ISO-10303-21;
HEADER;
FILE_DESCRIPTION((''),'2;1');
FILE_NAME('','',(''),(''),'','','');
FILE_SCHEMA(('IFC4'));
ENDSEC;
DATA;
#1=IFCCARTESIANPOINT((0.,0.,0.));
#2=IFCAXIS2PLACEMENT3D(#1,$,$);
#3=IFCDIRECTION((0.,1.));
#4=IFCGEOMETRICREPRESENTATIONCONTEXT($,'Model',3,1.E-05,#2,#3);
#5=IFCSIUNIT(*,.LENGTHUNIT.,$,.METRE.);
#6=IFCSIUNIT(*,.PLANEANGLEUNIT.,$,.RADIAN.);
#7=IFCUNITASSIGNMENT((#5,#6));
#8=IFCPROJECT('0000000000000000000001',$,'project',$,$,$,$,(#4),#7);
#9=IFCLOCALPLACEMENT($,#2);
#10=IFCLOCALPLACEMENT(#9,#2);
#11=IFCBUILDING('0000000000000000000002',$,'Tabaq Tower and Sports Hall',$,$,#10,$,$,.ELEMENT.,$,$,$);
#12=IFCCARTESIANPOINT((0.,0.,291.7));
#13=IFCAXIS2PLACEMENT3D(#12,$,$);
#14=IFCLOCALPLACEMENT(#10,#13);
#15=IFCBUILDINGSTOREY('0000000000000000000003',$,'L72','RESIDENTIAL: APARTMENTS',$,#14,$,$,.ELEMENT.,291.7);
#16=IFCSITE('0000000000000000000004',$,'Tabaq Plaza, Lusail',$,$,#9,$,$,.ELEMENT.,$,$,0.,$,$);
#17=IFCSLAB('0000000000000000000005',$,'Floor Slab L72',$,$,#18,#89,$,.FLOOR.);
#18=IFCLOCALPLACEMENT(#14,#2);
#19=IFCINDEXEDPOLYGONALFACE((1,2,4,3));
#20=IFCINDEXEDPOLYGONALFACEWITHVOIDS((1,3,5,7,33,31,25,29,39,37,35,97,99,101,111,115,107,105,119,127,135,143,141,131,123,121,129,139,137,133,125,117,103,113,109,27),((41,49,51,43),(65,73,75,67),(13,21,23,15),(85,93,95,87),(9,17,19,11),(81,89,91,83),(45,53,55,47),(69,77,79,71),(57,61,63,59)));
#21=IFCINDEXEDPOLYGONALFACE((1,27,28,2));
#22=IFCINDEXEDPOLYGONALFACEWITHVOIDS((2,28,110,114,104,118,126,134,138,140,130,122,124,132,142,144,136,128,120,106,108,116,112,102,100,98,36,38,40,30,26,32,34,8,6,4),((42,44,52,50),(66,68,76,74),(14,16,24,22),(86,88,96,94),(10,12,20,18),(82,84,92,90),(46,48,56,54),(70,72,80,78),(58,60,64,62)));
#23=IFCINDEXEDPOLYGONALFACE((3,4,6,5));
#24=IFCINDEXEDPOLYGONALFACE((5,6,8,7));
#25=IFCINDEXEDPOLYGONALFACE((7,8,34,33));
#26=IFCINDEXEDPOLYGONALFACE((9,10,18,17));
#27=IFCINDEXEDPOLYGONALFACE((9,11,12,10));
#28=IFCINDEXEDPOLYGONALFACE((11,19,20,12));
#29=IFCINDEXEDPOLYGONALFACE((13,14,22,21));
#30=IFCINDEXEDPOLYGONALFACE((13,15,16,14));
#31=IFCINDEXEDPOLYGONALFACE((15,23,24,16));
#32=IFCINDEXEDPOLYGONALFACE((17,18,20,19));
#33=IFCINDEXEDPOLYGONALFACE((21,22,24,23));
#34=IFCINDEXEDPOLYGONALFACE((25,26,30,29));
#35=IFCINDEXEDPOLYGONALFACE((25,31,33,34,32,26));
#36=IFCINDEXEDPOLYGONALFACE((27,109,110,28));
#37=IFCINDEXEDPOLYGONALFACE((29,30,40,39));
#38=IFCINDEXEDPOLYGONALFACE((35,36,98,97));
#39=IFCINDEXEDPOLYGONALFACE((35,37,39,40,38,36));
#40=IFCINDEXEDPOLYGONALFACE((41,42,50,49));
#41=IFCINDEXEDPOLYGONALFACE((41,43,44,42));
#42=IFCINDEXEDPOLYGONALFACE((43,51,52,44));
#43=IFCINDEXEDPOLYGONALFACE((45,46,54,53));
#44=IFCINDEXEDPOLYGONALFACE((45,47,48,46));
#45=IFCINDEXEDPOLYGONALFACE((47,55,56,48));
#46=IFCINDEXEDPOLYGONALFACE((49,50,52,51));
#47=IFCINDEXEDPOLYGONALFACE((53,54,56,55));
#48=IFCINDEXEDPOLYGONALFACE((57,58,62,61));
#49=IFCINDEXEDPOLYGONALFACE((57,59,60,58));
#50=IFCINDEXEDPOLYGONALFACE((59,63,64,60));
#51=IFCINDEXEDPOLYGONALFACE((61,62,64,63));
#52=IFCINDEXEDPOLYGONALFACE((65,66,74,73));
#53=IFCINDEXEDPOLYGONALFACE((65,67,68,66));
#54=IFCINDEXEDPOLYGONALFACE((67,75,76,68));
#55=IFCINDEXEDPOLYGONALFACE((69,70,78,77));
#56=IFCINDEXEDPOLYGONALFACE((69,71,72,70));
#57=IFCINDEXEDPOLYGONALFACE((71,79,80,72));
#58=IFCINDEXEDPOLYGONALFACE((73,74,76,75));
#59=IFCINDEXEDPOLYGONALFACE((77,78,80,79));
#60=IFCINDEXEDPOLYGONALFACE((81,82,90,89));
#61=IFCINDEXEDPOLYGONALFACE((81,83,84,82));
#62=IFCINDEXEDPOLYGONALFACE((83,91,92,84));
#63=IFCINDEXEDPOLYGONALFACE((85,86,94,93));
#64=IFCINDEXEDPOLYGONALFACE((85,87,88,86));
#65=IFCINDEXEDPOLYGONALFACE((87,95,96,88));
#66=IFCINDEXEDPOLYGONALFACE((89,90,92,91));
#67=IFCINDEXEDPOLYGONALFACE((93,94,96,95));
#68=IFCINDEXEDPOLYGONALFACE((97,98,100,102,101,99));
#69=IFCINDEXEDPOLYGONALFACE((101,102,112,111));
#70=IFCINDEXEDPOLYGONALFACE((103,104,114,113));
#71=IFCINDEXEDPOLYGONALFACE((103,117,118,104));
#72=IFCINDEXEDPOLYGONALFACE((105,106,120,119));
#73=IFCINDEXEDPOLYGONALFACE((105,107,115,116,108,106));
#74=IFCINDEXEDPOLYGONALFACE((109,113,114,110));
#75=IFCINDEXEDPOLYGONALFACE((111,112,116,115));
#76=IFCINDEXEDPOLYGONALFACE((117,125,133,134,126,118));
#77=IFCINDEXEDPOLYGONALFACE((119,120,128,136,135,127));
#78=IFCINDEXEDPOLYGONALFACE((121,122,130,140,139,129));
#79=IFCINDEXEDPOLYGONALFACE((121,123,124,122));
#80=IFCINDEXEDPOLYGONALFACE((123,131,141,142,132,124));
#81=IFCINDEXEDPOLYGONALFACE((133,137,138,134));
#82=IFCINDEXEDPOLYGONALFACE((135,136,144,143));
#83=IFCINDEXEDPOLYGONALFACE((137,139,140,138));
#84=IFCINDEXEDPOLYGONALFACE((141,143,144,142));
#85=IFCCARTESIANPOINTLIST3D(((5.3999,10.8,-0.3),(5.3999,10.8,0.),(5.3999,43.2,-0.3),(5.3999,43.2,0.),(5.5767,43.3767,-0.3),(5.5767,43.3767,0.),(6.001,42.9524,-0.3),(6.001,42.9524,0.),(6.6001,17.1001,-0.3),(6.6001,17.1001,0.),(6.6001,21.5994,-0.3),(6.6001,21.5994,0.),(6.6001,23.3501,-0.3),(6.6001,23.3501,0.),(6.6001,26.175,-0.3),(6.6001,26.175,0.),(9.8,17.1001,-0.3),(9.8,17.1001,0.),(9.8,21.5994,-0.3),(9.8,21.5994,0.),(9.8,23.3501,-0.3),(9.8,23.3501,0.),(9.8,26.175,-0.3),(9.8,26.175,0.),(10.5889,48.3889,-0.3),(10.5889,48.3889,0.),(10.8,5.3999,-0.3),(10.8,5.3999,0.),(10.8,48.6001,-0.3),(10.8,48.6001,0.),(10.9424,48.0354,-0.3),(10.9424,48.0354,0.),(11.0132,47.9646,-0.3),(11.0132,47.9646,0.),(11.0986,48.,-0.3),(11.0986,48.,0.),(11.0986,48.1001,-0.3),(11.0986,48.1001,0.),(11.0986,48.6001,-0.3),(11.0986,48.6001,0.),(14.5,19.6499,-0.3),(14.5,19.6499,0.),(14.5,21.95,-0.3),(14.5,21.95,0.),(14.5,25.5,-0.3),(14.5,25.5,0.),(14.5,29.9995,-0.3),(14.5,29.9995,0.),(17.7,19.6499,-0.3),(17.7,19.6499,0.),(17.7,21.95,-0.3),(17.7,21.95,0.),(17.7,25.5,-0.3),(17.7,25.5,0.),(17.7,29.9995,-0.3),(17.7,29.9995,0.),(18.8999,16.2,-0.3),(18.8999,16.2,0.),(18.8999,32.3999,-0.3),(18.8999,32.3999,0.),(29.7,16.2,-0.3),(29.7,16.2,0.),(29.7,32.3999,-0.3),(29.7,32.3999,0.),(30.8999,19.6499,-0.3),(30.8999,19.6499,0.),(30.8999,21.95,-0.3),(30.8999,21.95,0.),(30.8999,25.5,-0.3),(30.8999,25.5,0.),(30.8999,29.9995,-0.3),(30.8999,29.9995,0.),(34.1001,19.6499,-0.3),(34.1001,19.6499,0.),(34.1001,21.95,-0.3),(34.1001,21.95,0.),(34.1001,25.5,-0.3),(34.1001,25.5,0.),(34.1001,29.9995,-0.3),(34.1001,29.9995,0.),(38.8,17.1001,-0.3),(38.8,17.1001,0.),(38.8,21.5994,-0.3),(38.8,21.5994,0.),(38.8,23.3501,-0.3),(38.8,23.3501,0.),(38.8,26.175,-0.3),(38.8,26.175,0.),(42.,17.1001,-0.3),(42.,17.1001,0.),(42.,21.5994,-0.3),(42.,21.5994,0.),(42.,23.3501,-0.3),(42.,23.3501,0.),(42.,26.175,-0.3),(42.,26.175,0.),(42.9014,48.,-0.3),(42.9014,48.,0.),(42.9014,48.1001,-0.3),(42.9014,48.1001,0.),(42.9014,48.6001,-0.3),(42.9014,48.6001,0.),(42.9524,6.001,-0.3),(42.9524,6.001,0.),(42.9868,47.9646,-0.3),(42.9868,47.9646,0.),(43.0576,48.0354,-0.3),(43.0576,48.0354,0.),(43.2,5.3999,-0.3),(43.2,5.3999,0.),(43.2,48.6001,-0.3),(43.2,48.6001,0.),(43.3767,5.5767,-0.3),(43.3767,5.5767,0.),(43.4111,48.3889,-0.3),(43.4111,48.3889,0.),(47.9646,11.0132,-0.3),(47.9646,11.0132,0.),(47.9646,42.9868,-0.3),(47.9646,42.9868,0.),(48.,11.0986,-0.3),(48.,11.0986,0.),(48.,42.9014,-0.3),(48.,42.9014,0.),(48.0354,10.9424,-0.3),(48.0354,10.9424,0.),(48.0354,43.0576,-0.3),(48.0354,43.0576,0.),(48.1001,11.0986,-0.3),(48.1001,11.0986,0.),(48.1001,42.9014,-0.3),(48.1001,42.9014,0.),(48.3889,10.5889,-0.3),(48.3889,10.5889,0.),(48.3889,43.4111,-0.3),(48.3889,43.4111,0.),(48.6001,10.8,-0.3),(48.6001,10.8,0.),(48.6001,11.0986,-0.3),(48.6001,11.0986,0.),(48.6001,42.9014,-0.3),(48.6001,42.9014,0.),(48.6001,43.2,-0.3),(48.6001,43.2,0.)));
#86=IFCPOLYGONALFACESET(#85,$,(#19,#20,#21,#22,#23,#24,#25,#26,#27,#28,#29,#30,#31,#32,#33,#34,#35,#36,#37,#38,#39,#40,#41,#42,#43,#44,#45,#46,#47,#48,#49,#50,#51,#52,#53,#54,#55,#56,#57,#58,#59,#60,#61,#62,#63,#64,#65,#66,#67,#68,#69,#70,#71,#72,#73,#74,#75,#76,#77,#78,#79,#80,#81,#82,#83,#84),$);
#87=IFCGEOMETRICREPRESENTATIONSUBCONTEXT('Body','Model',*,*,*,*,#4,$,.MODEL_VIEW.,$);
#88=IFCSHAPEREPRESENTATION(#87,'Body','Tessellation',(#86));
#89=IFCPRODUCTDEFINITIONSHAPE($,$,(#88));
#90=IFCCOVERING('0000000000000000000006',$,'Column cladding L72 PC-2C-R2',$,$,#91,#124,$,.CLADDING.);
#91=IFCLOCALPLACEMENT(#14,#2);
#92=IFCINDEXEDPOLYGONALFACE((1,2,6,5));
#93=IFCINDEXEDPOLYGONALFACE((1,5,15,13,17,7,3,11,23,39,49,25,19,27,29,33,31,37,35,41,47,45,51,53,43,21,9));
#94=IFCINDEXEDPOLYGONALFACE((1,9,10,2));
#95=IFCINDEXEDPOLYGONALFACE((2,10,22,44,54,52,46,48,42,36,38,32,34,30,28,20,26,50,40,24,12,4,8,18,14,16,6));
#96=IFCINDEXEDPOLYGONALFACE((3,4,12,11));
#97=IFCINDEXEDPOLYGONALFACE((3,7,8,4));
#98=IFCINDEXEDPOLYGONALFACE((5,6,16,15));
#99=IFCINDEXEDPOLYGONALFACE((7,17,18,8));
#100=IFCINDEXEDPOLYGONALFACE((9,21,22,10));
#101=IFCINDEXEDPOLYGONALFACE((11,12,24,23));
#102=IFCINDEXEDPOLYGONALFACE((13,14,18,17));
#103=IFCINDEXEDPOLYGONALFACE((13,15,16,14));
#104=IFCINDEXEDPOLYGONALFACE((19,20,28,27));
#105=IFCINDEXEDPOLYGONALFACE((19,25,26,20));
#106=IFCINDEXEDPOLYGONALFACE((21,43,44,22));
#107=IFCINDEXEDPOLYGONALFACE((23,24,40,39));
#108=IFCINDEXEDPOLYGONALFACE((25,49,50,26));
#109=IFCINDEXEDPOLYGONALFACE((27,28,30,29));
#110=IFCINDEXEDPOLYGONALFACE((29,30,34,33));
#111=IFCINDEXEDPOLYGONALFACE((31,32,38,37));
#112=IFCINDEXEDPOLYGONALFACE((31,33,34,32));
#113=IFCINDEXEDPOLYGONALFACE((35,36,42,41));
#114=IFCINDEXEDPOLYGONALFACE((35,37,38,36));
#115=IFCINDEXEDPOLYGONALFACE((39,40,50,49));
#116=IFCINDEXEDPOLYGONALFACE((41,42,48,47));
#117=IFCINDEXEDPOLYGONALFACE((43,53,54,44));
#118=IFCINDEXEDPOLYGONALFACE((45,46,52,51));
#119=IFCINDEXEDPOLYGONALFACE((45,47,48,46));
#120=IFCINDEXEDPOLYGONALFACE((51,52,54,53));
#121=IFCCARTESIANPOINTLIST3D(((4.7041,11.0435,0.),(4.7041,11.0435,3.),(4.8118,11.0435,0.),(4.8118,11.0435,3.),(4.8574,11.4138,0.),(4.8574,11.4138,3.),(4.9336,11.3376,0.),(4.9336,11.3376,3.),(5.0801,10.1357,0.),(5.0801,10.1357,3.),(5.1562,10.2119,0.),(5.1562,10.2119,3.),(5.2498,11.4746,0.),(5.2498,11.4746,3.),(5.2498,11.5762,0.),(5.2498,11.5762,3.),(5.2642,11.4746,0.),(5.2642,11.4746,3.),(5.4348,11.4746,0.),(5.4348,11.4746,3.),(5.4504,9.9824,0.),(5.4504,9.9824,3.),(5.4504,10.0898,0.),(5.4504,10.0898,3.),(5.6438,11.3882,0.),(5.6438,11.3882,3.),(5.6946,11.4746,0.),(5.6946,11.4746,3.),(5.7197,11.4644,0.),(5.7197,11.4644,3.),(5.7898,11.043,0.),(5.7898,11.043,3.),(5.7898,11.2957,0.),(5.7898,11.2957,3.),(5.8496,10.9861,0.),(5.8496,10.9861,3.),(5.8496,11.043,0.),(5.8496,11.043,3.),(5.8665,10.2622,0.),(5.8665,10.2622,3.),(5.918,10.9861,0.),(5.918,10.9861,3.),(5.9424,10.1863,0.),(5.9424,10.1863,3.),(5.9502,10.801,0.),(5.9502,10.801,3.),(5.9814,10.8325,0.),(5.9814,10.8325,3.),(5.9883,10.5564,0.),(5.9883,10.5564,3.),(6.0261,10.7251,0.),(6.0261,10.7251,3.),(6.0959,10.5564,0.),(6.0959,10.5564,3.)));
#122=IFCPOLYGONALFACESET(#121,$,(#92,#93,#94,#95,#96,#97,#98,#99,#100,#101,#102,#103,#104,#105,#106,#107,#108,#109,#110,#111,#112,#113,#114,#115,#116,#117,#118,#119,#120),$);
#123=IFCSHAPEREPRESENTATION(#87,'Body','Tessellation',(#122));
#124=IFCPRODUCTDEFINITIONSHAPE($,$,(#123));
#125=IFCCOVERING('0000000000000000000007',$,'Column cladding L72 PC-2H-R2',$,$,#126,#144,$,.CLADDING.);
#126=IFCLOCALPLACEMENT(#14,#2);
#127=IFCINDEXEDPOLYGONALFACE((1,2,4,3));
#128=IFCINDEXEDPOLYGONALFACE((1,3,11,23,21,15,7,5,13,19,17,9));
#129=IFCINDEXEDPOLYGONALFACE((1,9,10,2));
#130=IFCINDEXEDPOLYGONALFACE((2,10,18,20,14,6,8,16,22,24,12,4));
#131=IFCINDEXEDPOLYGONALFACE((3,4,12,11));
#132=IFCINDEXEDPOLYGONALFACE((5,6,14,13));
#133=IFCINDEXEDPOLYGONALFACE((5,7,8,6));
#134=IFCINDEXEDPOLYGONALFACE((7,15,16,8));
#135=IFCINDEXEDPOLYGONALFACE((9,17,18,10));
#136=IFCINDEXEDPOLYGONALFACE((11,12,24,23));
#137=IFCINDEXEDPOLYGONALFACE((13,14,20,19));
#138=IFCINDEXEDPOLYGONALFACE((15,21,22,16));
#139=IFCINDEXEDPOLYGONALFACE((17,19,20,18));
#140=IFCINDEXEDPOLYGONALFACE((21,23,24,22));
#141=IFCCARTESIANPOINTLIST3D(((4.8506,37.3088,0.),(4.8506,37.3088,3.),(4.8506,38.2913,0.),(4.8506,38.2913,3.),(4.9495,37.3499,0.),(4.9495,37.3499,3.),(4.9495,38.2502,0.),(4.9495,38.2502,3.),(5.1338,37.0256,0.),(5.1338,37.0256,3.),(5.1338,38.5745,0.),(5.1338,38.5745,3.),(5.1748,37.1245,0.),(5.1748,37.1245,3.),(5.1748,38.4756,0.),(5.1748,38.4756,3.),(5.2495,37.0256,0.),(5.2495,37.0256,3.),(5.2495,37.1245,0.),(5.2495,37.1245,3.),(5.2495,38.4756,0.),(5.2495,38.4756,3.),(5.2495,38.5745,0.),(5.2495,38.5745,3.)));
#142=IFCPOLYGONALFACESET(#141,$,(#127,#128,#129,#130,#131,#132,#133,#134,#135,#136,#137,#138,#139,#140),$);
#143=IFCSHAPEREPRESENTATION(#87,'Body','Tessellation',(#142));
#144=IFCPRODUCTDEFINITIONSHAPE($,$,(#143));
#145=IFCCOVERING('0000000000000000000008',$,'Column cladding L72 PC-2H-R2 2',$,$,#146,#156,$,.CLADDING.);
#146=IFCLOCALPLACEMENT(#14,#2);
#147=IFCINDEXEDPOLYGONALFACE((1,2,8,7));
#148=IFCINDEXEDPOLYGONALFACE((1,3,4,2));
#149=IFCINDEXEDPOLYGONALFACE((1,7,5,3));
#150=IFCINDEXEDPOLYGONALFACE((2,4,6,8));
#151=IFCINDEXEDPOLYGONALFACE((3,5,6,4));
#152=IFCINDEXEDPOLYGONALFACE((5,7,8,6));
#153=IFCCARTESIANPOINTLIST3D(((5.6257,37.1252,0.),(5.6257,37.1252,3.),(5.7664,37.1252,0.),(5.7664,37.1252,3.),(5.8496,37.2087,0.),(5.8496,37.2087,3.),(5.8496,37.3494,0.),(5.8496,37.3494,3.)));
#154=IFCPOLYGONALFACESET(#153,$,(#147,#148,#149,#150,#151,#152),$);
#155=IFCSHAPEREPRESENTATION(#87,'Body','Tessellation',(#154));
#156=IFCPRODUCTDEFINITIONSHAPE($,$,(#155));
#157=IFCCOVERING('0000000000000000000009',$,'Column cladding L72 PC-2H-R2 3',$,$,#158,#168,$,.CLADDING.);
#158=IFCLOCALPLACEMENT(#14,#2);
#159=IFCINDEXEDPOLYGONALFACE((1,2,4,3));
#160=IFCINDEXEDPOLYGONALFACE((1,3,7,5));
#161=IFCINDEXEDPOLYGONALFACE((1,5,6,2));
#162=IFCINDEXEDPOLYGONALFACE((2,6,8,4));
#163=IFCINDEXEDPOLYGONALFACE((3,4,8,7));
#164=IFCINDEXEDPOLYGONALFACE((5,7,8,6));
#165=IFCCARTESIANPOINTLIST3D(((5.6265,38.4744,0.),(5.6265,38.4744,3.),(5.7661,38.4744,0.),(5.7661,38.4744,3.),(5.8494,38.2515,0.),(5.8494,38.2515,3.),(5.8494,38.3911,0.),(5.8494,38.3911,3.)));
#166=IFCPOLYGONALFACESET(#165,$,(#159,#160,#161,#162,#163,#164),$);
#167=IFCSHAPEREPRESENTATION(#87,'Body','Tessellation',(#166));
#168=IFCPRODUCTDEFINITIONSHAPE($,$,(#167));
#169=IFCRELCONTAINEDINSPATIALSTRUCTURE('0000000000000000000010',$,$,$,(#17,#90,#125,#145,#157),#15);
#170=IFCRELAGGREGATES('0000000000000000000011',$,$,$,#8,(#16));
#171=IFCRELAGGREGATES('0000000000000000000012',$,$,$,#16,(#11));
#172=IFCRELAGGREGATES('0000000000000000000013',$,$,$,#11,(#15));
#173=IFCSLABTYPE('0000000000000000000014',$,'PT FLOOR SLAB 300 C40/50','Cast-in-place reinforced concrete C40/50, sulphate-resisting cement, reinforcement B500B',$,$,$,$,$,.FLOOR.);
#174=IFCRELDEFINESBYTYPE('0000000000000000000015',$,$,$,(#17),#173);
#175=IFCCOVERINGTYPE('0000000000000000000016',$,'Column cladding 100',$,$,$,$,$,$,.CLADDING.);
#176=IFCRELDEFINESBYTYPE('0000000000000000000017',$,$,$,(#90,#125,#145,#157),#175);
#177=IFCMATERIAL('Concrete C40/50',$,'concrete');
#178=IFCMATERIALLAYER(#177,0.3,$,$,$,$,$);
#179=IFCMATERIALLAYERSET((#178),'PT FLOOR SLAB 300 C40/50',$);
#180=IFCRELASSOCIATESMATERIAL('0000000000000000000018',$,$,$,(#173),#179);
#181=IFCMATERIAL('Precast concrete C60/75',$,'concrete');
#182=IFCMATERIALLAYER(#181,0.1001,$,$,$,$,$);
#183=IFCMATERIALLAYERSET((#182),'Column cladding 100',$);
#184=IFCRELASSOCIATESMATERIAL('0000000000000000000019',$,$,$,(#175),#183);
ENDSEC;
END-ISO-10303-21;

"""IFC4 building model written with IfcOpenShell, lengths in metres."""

from ifc_helpers import new_model, si_unit, direction, frame, origin, place, context, subcontext, project, spatial, polyline, outline, extrude, material, layer, layer_set, type_object, element, save


model = new_model("IFC4")

# Units and contexts
model_context = context("Model", 3, precision=1e-05, world=origin(), true_north=direction((0.0, 1.0)))
body_context = subcontext(model_context, "Body", "Model", "MODEL_VIEW")
ifc_project = project(units=[si_unit("LENGTHUNIT", "METRE"), si_unit("PLANEANGLEUNIT", "RADIAN")], contexts=[model_context])

# Site, building, storey
site_placement = place(None, origin())
site = spatial("IfcSite", under=ifc_project, at=site_placement, Name="Tabaq Plaza, Lusail", CompositionType="ELEMENT", RefElevation=0.0)
building_placement = place(site_placement, origin())
building = spatial("IfcBuilding", under=site, at=building_placement, Name="Tabaq Tower and Sports Hall", CompositionType="ELEMENT")
storey_placement = place(building_placement, frame((0.0, 0.0, 291.7)))
storey = spatial("IfcBuildingStorey", under=building, at=storey_placement, Name="L72", Description="RESIDENTIAL: APARTMENTS", CompositionType="ELEMENT", Elevation=291.7)

# Slab
ifc_material_1 = material(Name="Concrete C40/50", Category="concrete")
ifc_layer_1 = layer(ifc_material_1, 0.3)
ifc_layer_set_1 = layer_set([ifc_layer_1], Name="PT FLOOR SLAB 300 C40/50")
slab_type = type_object("IfcSlabType", Name="PT FLOOR SLAB 300 C40/50", Description="Cast-in-place reinforced concrete C40/50, sulphate-resisting cement, reinforcement B500B", PredefinedType="FLOOR", material=ifc_layer_set_1)
slab_placement = place(storey_placement, frame((0.0, 0.0, -0.3)))
element("IfcSlab", 1, at=slab_placement, inside=storey, type_object=slab_type, Name="Floor Slab L72", PredefinedType="FLOOR", context=body_context, shape_type="SweptSolid", body=[
    extrude(outline(polyline([(5.3999, 43.2), (5.3999, 10.8), (10.8, 5.3999), (43.2, 5.3999), (43.3767, 5.5767), (42.9524, 6.001), (47.9646, 11.0132), (48.0354, 10.9424), (48.3889, 10.5889), (48.6001, 10.8), (48.6001, 11.0986), (48.1001, 11.0986), (48.0, 11.0986), (48.0, 42.9014), (48.1001, 42.9014), (48.6001, 42.9014), (48.6001, 43.2), (48.3889, 43.4111), (48.0354, 43.0576), (47.9646, 42.9868), (42.9868, 47.9646), (43.0576, 48.0354), (43.4111, 48.3889), (43.2, 48.6001), (42.9014, 48.6001), (42.9014, 48.1001), (42.9014, 48.0), (11.0986, 48.0), (11.0986, 48.1001), (11.0986, 48.6001), (10.8, 48.6001), (10.5889, 48.3889), (10.9424, 48.0354), (11.0132, 47.9646), (6.001, 42.9524), (5.5767, 43.3767), (5.3999, 43.2)]), holes=[polyline([(6.6001, 21.5994), (9.8, 21.5994), (9.8, 17.1001), (6.6001, 17.1001), (6.6001, 21.5994)]), polyline([(38.8, 21.5994), (42.0, 21.5994), (42.0, 17.1001), (38.8, 17.1001), (38.8, 21.5994)]), polyline([(14.5, 21.95), (17.7, 21.95), (17.7, 19.6499), (14.5, 19.6499), (14.5, 21.95)]), polyline([(30.8999, 21.95), (34.1001, 21.95), (34.1001, 19.6499), (30.8999, 19.6499), (30.8999, 21.95)]), polyline([(18.8999, 16.2), (18.8999, 32.3999), (29.7, 32.3999), (29.7, 16.2), (18.8999, 16.2)]), polyline([(6.6001, 26.175), (9.8, 26.175), (9.8, 23.3501), (6.6001, 23.3501), (6.6001, 26.175)]), polyline([(38.8, 26.175), (42.0, 26.175), (42.0, 23.3501), (38.8, 23.3501), (38.8, 26.175)]), polyline([(17.7, 29.9995), (17.7, 25.5), (14.5, 25.5), (14.5, 29.9995), (17.7, 29.9995)]), polyline([(34.1001, 29.9995), (34.1001, 25.5), (30.8999, 25.5), (30.8999, 29.9995), (34.1001, 29.9995)])]), origin(), (0.0, 0.0, 1.0), 0.3),
])

# Coverings
ifc_material_2 = material(Name="Precast concrete C60/75", Category="concrete")
ifc_layer_2 = layer(ifc_material_2, 0.1001)
ifc_layer_set_2 = layer_set([ifc_layer_2], Name="Column cladding 100")
covering_type = type_object("IfcCoveringType", Name="Column cladding 100", PredefinedType="CLADDING", material=ifc_layer_set_2)
covering_1_placement = place(storey_placement, origin())
element("IfcCovering", 2, at=covering_1_placement, inside=storey, type_object=covering_type, Name="Column cladding L72 PC-2C-R2", PredefinedType="CLADDING", context=body_context, shape_type="SweptSolid", body=[
    extrude(outline(polyline([(5.4504, 9.9824), (5.0801, 10.1357), (4.7041, 11.0435), (4.8574, 11.4138), (5.2498, 11.5762), (5.2498, 11.4746), (5.2642, 11.4746), (4.9336, 11.3376), (4.8118, 11.0435), (5.1562, 10.2119), (5.4504, 10.0898), (5.8665, 10.2622), (5.9883, 10.5564), (5.6438, 11.3882), (5.4348, 11.4746), (5.6946, 11.4746), (5.7197, 11.4644), (5.7898, 11.2957), (5.7898, 11.043), (5.8496, 11.043), (5.8496, 10.9861), (5.918, 10.9861), (5.9814, 10.8325), (5.9502, 10.801), (6.0261, 10.7251), (6.0959, 10.5564), (5.9424, 10.1863), (5.4504, 9.9824)])), origin(), (0.0, 0.0, 1.0), 3.0),
])
covering_2_placement = place(storey_placement, origin())
element("IfcCovering", 3, at=covering_2_placement, inside=storey, type_object=covering_type, Name="Column cladding L72 PC-2H-R2", PredefinedType="CLADDING", context=body_context, shape_type="SweptSolid", body=[
    extrude(outline(polyline([(5.1338, 37.0256), (4.8506, 37.3088), (4.8506, 38.2913), (5.1338, 38.5745), (5.2495, 38.5745), (5.2495, 38.4756), (5.1748, 38.4756), (4.9495, 38.2502), (4.9495, 37.3499), (5.1748, 37.1245), (5.2495, 37.1245), (5.2495, 37.0256), (5.1338, 37.0256)])), origin(), (0.0, 0.0, 1.0), 3.0),
])
covering_3_placement = place(storey_placement, origin())
element("IfcCovering", 4, at=covering_3_placement, inside=storey, type_object=covering_type, Name="Column cladding L72 PC-2H-R2 2", PredefinedType="CLADDING", context=body_context, shape_type="SweptSolid", body=[
    extrude(outline(polyline([(5.7664, 37.1252), (5.6257, 37.1252), (5.8496, 37.3494), (5.8496, 37.2087), (5.7664, 37.1252)])), origin(), (0.0, 0.0, 1.0), 3.0),
])
covering_4_placement = place(storey_placement, origin())
element("IfcCovering", 5, at=covering_4_placement, inside=storey, type_object=covering_type, Name="Column cladding L72 PC-2H-R2 3", PredefinedType="CLADDING", context=body_context, shape_type="SweptSolid", body=[
    extrude(outline(polyline([(5.6265, 38.4744), (5.7661, 38.4744), (5.8494, 38.3911), (5.8494, 38.2515), (5.6265, 38.4744)])), origin(), (0.0, 0.0, 1.0), 3.0),
])

save(model, "model.ifc")
